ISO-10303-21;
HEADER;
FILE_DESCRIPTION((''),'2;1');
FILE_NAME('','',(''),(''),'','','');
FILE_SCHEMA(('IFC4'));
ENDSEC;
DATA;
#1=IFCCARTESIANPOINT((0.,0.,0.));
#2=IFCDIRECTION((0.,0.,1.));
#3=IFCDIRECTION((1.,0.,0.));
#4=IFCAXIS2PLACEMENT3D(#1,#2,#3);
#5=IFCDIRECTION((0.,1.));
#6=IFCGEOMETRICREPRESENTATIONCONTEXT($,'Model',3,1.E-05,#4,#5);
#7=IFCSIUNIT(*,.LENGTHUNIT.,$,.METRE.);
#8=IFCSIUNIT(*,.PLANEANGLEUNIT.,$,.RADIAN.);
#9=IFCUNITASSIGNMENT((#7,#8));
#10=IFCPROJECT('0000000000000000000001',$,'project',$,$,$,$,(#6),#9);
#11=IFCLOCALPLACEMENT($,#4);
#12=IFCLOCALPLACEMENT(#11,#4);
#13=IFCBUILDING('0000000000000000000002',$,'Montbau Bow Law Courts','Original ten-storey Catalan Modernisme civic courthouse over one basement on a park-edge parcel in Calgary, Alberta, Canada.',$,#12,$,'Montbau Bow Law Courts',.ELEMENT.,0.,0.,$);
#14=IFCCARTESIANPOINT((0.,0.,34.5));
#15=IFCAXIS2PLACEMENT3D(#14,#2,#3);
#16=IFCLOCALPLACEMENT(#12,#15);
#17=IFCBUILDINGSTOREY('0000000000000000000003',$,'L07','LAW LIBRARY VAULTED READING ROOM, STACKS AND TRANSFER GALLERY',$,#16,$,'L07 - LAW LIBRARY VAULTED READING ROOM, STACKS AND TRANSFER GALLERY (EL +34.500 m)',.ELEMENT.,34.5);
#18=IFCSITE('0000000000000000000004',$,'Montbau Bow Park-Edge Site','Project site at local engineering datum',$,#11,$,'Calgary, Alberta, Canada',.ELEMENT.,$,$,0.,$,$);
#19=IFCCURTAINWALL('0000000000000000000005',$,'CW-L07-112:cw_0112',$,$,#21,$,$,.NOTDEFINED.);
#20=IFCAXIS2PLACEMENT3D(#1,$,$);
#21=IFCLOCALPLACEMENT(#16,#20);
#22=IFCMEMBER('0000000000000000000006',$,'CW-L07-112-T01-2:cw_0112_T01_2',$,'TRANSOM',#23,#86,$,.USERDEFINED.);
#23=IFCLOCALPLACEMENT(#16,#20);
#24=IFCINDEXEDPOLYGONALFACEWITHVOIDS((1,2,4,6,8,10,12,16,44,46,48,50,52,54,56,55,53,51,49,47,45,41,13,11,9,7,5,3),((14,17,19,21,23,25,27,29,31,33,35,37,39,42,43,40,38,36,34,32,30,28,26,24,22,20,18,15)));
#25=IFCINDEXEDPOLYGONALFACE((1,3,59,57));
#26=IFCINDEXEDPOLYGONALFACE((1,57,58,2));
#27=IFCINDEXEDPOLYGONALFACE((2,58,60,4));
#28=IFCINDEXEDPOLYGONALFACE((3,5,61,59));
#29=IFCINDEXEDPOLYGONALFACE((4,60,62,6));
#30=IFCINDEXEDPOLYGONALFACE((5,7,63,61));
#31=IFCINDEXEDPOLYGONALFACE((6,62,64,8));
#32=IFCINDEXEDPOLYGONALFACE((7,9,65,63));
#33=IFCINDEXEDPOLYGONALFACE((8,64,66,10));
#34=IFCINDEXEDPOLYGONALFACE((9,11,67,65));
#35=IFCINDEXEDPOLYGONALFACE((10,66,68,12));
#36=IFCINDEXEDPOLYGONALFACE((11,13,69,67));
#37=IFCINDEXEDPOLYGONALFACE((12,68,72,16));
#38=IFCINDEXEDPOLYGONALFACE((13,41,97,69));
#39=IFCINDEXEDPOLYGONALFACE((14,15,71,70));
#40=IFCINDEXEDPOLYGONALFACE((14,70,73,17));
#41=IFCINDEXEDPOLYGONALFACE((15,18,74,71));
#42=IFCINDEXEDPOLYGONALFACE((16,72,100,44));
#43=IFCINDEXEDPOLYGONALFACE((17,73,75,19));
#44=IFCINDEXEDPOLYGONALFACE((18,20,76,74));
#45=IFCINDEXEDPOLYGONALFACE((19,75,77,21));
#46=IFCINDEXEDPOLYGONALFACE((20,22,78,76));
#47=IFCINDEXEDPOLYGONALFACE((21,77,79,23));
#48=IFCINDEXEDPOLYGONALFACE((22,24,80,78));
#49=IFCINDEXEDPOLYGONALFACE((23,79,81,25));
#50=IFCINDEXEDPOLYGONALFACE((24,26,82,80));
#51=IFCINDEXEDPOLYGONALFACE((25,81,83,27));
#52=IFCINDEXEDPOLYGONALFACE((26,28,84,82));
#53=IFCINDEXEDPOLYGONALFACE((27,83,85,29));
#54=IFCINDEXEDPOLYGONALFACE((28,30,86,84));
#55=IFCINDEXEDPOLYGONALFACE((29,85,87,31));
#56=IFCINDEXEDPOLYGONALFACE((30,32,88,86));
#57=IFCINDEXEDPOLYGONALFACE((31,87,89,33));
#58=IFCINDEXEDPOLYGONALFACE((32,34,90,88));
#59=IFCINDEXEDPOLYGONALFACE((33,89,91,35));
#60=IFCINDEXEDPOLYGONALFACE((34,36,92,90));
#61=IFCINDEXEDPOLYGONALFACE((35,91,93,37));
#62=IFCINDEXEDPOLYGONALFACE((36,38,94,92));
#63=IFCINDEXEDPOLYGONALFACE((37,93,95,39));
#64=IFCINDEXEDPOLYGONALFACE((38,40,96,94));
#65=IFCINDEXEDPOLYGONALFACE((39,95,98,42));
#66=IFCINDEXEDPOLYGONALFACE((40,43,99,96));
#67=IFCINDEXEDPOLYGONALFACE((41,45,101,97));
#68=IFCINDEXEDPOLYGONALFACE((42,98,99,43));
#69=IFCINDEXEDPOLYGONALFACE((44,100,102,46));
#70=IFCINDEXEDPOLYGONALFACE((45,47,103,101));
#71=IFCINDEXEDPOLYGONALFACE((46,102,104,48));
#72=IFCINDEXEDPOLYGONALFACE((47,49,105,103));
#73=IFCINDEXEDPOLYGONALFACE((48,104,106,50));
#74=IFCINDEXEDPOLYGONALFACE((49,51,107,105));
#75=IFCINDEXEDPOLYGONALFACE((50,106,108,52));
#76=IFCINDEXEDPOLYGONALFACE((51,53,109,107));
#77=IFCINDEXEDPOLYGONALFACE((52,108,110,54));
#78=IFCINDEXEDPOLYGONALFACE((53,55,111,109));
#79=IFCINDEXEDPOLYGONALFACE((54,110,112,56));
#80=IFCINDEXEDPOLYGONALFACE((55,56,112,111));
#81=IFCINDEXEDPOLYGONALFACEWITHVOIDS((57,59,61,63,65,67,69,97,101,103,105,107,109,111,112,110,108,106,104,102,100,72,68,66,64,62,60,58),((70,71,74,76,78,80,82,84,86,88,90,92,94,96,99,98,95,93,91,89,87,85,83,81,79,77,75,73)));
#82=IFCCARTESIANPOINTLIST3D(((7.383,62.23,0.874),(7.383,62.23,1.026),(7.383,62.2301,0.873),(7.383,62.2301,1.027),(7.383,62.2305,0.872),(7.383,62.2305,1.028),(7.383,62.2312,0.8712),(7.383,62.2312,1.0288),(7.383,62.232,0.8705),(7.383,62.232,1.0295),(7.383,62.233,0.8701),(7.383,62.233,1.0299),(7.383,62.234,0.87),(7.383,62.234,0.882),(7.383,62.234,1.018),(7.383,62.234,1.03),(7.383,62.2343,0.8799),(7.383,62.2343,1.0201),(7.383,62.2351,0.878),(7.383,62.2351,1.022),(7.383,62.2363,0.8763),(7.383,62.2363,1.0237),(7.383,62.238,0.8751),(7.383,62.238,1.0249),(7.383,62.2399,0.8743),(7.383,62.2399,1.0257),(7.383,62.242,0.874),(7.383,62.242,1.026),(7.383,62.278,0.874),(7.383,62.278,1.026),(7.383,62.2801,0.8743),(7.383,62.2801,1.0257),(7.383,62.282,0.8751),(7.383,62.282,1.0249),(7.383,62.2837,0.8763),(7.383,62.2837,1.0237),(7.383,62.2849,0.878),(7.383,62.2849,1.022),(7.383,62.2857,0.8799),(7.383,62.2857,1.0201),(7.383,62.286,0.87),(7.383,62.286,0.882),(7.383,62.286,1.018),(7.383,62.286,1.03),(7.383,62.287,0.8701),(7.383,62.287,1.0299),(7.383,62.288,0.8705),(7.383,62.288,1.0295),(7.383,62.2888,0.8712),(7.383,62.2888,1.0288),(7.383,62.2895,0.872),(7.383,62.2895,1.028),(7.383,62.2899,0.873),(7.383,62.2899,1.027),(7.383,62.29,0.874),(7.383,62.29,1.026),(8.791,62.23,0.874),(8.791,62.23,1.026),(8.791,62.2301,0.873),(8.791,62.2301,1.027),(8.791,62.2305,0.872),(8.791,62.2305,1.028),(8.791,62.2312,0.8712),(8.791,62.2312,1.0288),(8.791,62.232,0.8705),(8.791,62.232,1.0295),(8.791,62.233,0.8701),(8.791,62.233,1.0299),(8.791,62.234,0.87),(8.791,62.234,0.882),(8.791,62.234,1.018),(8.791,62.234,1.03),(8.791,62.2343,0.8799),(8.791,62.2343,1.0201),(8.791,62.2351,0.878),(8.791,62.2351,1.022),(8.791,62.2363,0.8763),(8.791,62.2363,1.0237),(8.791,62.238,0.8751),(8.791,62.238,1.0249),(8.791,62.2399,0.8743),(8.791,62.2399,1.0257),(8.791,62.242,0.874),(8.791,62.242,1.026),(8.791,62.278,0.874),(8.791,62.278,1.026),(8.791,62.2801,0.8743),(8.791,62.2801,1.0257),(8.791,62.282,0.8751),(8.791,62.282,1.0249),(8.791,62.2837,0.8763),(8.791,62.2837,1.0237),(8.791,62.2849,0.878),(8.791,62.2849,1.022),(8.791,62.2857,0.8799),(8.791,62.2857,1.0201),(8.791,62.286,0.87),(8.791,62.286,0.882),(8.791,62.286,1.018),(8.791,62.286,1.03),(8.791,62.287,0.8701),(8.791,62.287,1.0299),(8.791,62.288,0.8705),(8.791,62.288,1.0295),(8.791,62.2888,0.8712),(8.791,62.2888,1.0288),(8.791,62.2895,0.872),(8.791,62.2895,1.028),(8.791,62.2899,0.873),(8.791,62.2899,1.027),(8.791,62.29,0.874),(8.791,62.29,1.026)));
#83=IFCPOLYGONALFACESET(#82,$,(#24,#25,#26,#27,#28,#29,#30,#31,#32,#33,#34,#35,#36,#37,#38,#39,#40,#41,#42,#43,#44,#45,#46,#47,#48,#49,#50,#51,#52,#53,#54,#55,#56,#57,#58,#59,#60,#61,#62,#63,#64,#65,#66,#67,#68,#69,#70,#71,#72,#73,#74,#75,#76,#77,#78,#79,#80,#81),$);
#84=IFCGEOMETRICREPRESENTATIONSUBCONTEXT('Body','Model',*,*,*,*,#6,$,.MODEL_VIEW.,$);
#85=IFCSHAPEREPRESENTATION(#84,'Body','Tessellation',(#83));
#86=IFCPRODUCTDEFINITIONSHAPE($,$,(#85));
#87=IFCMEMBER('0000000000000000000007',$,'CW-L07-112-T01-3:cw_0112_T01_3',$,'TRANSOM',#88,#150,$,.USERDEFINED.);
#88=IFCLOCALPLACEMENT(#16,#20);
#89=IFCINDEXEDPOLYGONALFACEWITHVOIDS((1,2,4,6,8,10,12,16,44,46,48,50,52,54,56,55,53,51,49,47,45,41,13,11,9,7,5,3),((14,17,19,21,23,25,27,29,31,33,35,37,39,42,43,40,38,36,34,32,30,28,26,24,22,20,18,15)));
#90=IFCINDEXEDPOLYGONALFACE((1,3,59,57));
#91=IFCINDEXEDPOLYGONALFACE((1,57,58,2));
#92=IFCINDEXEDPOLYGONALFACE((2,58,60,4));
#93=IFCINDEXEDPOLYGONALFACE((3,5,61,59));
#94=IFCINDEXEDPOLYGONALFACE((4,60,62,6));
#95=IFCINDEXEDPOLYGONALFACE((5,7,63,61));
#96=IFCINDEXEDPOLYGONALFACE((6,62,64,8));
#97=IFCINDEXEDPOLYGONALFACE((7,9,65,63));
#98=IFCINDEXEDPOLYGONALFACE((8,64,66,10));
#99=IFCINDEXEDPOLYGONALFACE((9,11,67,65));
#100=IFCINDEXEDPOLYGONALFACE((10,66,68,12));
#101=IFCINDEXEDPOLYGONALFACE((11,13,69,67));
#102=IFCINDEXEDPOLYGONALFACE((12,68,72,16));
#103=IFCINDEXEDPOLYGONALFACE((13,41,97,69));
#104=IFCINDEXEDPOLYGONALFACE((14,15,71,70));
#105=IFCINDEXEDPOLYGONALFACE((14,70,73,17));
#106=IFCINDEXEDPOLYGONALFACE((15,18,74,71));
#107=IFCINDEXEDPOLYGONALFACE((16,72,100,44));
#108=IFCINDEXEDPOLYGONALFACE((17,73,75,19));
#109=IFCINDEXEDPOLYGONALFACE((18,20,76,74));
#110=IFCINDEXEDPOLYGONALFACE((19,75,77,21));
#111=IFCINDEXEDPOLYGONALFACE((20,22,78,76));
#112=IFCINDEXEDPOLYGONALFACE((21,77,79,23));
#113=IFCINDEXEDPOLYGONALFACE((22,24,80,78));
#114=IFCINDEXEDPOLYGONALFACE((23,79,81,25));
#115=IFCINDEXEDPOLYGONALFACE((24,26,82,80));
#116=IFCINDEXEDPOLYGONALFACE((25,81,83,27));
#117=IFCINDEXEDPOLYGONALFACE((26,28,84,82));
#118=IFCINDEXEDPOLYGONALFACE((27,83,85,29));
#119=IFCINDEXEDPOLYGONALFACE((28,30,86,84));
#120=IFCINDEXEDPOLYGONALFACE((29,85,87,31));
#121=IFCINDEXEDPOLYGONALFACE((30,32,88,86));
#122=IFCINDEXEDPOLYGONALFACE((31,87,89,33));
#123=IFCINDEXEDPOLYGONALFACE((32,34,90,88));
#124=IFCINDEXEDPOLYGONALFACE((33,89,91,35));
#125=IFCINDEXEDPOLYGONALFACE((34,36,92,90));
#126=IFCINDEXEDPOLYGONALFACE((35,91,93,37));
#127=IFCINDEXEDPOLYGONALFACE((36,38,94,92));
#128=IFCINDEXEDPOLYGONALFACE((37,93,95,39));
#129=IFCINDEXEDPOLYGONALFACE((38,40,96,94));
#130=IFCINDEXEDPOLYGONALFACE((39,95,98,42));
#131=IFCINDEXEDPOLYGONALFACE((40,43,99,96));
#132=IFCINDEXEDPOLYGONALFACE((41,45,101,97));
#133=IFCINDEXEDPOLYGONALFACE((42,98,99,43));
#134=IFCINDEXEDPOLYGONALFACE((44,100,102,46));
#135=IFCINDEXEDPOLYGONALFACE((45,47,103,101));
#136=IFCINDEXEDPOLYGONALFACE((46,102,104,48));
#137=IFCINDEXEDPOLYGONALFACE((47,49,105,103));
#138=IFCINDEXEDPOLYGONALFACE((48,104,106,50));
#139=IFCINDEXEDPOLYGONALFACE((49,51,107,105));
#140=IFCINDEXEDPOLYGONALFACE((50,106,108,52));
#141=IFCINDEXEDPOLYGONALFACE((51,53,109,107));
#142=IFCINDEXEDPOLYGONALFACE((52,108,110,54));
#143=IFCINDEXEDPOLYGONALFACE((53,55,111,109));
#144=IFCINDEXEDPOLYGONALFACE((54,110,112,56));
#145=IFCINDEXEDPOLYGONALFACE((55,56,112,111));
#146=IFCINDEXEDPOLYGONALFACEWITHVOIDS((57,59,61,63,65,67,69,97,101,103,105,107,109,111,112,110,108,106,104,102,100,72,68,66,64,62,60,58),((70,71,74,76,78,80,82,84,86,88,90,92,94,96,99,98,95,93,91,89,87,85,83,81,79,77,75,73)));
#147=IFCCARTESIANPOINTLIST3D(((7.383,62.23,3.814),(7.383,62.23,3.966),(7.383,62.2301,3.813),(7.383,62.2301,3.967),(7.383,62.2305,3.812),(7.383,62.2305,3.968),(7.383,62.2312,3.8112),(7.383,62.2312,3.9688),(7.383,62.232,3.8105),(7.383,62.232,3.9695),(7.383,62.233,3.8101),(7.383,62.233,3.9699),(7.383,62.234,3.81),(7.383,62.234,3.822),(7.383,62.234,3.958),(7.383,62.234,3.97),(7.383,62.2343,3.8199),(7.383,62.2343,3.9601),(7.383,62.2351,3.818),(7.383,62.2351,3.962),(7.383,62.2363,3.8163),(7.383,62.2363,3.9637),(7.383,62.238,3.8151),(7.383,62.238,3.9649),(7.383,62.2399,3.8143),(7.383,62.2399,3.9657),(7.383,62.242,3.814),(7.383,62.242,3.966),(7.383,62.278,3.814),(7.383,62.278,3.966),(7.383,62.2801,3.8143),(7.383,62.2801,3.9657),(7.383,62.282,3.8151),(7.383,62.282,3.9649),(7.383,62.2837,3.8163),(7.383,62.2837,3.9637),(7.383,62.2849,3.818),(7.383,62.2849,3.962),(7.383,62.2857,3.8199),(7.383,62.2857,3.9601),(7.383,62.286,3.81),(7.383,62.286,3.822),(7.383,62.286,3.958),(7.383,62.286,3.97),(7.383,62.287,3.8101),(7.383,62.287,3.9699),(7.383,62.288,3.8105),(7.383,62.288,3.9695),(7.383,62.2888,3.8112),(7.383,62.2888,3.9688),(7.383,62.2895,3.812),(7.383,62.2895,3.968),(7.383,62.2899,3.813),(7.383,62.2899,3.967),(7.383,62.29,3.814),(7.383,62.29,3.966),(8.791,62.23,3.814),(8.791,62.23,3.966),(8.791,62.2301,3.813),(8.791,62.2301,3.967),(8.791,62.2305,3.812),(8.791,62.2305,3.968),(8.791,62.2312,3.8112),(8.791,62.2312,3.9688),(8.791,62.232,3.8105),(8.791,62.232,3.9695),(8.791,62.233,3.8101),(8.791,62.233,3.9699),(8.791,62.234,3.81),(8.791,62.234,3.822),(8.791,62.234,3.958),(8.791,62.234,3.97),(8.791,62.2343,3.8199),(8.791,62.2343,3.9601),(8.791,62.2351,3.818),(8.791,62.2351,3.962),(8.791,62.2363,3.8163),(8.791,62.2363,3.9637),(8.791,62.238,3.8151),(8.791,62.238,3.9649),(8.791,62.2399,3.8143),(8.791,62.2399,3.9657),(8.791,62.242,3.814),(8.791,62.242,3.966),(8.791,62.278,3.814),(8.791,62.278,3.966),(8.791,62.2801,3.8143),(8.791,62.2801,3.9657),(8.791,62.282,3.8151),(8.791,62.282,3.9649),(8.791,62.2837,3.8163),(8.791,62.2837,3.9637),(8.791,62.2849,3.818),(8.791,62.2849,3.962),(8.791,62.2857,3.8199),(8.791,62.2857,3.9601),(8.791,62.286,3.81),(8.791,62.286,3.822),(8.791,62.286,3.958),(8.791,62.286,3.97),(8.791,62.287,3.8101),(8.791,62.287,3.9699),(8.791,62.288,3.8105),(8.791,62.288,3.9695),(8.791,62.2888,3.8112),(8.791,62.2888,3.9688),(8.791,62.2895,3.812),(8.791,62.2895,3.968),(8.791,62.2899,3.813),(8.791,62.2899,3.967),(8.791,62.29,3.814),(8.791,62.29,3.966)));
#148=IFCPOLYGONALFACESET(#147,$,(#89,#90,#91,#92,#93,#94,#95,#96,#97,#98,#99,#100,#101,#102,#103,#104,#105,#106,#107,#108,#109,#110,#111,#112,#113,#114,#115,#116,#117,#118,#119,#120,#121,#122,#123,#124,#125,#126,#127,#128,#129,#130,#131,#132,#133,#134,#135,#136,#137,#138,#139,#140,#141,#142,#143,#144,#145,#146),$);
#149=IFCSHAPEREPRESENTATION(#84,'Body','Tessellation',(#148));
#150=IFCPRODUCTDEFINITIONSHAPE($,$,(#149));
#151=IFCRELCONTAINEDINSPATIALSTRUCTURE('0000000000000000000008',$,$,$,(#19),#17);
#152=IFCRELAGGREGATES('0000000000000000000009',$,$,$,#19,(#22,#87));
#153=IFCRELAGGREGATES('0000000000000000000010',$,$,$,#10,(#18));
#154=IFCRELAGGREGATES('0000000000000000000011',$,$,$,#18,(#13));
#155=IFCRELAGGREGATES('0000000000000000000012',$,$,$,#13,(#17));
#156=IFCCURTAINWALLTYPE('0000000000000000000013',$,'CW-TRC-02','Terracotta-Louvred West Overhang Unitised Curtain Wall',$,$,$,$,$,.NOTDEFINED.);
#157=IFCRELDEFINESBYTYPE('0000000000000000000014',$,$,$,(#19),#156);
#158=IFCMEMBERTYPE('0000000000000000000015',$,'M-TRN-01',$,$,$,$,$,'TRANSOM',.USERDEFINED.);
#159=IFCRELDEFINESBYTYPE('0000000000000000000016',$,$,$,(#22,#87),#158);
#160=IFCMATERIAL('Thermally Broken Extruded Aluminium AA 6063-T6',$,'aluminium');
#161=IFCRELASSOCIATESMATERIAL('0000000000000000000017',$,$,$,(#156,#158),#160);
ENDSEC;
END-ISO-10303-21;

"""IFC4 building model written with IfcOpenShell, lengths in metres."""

from ifc_helpers import new_model, si_unit, direction, frame, origin_with_axes, origin_2d_with_axis, place, context, subcontext, project, spatial, hollow_rectangle, extrude, material, material_profile, profile_set, type_object, element, aggregate, save


model = new_model("IFC4")

# Units and contexts
model_context = context("Model", 3, precision=1e-05, world=origin_with_axes(), true_north=direction((0.0, 1.0)))
body_context = subcontext(model_context, "Body", "Model", "MODEL_VIEW")
ifc_project = project(units=[si_unit("LENGTHUNIT", "METRE"), si_unit("PLANEANGLEUNIT", "RADIAN")], contexts=[model_context])

# Site, building, storey
site_placement = place(None, origin_with_axes())
site = spatial("IfcSite", under=ifc_project, at=site_placement, Name="Montbau Bow Park-Edge Site", Description="Project site at local engineering datum", LongName="Calgary, Alberta, Canada", CompositionType="ELEMENT", RefElevation=0.0)
building_placement = place(site_placement, origin_with_axes())
building = spatial("IfcBuilding", under=site, at=building_placement, Name="Montbau Bow Law Courts", Description="Original ten-storey Catalan Modernisme civic courthouse over one basement on a park-edge parcel in Calgary, Alberta, Canada.", LongName="Montbau Bow Law Courts", CompositionType="ELEMENT", ElevationOfRefHeight=0.0, ElevationOfTerrain=0.0)
storey_placement = place(building_placement, frame((0.0, 0.0, 34.5), z_axis=(0.0, 0.0, 1.0), x_axis=(1.0, 0.0, 0.0)))
storey = spatial("IfcBuildingStorey", under=building, at=storey_placement, Name="L07", Description="LAW LIBRARY VAULTED READING ROOM, STACKS AND TRANSFER GALLERY", LongName="L07 - LAW LIBRARY VAULTED READING ROOM, STACKS AND TRANSFER GALLERY (EL +34.500 m)", CompositionType="ELEMENT", Elevation=34.5)

# Curtain wall, members
ifc_material_1 = material(Name="Thermally Broken Extruded Aluminium AA 6063-T6", Category="aluminium")
curtain_wall_type = type_object("IfcCurtainWallType", Name="CW-TRC-02", Description="Terracotta-Louvred West Overhang Unitised Curtain Wall", PredefinedType="NOTDEFINED", material=ifc_material_1)
curtain_wall_placement = place(None, frame((7.315, 62.26, 34.5), z_axis=(0.0, 0.0, 1.0), x_axis=(1.0, 0.0, 0.0)))
curtain_wall = element("IfcCurtainWall", 1, at=curtain_wall_placement, inside=storey, type_object=curtain_wall_type, Name="CW-L07-112:cw_0112", PredefinedType="NOTDEFINED")
ifc_material_profile_1 = material_profile(ifc_material_1, hollow_rectangle(XDim=0.06, YDim=0.16, WallThickness=0.004, InnerFilletRadius=0.008, OuterFilletRadius=0.004, at=origin_2d_with_axis()), Name="CWT-160X60", Category="Main", Priority=0)
ifc_profile_set_1 = profile_set([ifc_material_profile_1], Name="Thermally Broken Extruded Aluminium AA 6063-T6")
member_type_1 = type_object("IfcMemberType", Name="M-TRN-01", ElementType="TRANSOM", PredefinedType="USERDEFINED", material=ifc_profile_set_1)
member_1_placement = place(None, frame((7.383, 62.26, 35.45), z_axis=(1.0, 0.0, 0.0), x_axis=(0.0, 1.0, 0.0)))
member_1 = element("IfcMember", 2, at=member_1_placement, type_object=member_type_1, Name="CW-L07-112-T01-2:cw_0112_T01_2", ObjectType="TRANSOM", PredefinedType="USERDEFINED", context=body_context, shape_type="SweptSolid", body=[
    extrude(hollow_rectangle(XDim=0.06, YDim=0.16, WallThickness=0.004, InnerFilletRadius=0.008, OuterFilletRadius=0.004, at=origin_2d_with_axis()), origin_with_axes(), (0.0, 0.0, 1.0), 1.408),
])
member_2_placement = place(None, frame((7.383, 62.26, 38.39), z_axis=(1.0, 0.0, 0.0), x_axis=(0.0, 1.0, 0.0)))
member_2 = element("IfcMember", 3, at=member_2_placement, type_object=member_type_1, Name="CW-L07-112-T01-3:cw_0112_T01_3", ObjectType="TRANSOM", PredefinedType="USERDEFINED", context=body_context, shape_type="SweptSolid", body=[
    extrude(hollow_rectangle(XDim=0.06, YDim=0.16, WallThickness=0.004, InnerFilletRadius=0.008, OuterFilletRadius=0.004, at=origin_2d_with_axis()), origin_with_axes(), (0.0, 0.0, 1.0), 1.408),
])
aggregate(curtain_wall, [member_1, member_2])

save(model, "model.ifc")
